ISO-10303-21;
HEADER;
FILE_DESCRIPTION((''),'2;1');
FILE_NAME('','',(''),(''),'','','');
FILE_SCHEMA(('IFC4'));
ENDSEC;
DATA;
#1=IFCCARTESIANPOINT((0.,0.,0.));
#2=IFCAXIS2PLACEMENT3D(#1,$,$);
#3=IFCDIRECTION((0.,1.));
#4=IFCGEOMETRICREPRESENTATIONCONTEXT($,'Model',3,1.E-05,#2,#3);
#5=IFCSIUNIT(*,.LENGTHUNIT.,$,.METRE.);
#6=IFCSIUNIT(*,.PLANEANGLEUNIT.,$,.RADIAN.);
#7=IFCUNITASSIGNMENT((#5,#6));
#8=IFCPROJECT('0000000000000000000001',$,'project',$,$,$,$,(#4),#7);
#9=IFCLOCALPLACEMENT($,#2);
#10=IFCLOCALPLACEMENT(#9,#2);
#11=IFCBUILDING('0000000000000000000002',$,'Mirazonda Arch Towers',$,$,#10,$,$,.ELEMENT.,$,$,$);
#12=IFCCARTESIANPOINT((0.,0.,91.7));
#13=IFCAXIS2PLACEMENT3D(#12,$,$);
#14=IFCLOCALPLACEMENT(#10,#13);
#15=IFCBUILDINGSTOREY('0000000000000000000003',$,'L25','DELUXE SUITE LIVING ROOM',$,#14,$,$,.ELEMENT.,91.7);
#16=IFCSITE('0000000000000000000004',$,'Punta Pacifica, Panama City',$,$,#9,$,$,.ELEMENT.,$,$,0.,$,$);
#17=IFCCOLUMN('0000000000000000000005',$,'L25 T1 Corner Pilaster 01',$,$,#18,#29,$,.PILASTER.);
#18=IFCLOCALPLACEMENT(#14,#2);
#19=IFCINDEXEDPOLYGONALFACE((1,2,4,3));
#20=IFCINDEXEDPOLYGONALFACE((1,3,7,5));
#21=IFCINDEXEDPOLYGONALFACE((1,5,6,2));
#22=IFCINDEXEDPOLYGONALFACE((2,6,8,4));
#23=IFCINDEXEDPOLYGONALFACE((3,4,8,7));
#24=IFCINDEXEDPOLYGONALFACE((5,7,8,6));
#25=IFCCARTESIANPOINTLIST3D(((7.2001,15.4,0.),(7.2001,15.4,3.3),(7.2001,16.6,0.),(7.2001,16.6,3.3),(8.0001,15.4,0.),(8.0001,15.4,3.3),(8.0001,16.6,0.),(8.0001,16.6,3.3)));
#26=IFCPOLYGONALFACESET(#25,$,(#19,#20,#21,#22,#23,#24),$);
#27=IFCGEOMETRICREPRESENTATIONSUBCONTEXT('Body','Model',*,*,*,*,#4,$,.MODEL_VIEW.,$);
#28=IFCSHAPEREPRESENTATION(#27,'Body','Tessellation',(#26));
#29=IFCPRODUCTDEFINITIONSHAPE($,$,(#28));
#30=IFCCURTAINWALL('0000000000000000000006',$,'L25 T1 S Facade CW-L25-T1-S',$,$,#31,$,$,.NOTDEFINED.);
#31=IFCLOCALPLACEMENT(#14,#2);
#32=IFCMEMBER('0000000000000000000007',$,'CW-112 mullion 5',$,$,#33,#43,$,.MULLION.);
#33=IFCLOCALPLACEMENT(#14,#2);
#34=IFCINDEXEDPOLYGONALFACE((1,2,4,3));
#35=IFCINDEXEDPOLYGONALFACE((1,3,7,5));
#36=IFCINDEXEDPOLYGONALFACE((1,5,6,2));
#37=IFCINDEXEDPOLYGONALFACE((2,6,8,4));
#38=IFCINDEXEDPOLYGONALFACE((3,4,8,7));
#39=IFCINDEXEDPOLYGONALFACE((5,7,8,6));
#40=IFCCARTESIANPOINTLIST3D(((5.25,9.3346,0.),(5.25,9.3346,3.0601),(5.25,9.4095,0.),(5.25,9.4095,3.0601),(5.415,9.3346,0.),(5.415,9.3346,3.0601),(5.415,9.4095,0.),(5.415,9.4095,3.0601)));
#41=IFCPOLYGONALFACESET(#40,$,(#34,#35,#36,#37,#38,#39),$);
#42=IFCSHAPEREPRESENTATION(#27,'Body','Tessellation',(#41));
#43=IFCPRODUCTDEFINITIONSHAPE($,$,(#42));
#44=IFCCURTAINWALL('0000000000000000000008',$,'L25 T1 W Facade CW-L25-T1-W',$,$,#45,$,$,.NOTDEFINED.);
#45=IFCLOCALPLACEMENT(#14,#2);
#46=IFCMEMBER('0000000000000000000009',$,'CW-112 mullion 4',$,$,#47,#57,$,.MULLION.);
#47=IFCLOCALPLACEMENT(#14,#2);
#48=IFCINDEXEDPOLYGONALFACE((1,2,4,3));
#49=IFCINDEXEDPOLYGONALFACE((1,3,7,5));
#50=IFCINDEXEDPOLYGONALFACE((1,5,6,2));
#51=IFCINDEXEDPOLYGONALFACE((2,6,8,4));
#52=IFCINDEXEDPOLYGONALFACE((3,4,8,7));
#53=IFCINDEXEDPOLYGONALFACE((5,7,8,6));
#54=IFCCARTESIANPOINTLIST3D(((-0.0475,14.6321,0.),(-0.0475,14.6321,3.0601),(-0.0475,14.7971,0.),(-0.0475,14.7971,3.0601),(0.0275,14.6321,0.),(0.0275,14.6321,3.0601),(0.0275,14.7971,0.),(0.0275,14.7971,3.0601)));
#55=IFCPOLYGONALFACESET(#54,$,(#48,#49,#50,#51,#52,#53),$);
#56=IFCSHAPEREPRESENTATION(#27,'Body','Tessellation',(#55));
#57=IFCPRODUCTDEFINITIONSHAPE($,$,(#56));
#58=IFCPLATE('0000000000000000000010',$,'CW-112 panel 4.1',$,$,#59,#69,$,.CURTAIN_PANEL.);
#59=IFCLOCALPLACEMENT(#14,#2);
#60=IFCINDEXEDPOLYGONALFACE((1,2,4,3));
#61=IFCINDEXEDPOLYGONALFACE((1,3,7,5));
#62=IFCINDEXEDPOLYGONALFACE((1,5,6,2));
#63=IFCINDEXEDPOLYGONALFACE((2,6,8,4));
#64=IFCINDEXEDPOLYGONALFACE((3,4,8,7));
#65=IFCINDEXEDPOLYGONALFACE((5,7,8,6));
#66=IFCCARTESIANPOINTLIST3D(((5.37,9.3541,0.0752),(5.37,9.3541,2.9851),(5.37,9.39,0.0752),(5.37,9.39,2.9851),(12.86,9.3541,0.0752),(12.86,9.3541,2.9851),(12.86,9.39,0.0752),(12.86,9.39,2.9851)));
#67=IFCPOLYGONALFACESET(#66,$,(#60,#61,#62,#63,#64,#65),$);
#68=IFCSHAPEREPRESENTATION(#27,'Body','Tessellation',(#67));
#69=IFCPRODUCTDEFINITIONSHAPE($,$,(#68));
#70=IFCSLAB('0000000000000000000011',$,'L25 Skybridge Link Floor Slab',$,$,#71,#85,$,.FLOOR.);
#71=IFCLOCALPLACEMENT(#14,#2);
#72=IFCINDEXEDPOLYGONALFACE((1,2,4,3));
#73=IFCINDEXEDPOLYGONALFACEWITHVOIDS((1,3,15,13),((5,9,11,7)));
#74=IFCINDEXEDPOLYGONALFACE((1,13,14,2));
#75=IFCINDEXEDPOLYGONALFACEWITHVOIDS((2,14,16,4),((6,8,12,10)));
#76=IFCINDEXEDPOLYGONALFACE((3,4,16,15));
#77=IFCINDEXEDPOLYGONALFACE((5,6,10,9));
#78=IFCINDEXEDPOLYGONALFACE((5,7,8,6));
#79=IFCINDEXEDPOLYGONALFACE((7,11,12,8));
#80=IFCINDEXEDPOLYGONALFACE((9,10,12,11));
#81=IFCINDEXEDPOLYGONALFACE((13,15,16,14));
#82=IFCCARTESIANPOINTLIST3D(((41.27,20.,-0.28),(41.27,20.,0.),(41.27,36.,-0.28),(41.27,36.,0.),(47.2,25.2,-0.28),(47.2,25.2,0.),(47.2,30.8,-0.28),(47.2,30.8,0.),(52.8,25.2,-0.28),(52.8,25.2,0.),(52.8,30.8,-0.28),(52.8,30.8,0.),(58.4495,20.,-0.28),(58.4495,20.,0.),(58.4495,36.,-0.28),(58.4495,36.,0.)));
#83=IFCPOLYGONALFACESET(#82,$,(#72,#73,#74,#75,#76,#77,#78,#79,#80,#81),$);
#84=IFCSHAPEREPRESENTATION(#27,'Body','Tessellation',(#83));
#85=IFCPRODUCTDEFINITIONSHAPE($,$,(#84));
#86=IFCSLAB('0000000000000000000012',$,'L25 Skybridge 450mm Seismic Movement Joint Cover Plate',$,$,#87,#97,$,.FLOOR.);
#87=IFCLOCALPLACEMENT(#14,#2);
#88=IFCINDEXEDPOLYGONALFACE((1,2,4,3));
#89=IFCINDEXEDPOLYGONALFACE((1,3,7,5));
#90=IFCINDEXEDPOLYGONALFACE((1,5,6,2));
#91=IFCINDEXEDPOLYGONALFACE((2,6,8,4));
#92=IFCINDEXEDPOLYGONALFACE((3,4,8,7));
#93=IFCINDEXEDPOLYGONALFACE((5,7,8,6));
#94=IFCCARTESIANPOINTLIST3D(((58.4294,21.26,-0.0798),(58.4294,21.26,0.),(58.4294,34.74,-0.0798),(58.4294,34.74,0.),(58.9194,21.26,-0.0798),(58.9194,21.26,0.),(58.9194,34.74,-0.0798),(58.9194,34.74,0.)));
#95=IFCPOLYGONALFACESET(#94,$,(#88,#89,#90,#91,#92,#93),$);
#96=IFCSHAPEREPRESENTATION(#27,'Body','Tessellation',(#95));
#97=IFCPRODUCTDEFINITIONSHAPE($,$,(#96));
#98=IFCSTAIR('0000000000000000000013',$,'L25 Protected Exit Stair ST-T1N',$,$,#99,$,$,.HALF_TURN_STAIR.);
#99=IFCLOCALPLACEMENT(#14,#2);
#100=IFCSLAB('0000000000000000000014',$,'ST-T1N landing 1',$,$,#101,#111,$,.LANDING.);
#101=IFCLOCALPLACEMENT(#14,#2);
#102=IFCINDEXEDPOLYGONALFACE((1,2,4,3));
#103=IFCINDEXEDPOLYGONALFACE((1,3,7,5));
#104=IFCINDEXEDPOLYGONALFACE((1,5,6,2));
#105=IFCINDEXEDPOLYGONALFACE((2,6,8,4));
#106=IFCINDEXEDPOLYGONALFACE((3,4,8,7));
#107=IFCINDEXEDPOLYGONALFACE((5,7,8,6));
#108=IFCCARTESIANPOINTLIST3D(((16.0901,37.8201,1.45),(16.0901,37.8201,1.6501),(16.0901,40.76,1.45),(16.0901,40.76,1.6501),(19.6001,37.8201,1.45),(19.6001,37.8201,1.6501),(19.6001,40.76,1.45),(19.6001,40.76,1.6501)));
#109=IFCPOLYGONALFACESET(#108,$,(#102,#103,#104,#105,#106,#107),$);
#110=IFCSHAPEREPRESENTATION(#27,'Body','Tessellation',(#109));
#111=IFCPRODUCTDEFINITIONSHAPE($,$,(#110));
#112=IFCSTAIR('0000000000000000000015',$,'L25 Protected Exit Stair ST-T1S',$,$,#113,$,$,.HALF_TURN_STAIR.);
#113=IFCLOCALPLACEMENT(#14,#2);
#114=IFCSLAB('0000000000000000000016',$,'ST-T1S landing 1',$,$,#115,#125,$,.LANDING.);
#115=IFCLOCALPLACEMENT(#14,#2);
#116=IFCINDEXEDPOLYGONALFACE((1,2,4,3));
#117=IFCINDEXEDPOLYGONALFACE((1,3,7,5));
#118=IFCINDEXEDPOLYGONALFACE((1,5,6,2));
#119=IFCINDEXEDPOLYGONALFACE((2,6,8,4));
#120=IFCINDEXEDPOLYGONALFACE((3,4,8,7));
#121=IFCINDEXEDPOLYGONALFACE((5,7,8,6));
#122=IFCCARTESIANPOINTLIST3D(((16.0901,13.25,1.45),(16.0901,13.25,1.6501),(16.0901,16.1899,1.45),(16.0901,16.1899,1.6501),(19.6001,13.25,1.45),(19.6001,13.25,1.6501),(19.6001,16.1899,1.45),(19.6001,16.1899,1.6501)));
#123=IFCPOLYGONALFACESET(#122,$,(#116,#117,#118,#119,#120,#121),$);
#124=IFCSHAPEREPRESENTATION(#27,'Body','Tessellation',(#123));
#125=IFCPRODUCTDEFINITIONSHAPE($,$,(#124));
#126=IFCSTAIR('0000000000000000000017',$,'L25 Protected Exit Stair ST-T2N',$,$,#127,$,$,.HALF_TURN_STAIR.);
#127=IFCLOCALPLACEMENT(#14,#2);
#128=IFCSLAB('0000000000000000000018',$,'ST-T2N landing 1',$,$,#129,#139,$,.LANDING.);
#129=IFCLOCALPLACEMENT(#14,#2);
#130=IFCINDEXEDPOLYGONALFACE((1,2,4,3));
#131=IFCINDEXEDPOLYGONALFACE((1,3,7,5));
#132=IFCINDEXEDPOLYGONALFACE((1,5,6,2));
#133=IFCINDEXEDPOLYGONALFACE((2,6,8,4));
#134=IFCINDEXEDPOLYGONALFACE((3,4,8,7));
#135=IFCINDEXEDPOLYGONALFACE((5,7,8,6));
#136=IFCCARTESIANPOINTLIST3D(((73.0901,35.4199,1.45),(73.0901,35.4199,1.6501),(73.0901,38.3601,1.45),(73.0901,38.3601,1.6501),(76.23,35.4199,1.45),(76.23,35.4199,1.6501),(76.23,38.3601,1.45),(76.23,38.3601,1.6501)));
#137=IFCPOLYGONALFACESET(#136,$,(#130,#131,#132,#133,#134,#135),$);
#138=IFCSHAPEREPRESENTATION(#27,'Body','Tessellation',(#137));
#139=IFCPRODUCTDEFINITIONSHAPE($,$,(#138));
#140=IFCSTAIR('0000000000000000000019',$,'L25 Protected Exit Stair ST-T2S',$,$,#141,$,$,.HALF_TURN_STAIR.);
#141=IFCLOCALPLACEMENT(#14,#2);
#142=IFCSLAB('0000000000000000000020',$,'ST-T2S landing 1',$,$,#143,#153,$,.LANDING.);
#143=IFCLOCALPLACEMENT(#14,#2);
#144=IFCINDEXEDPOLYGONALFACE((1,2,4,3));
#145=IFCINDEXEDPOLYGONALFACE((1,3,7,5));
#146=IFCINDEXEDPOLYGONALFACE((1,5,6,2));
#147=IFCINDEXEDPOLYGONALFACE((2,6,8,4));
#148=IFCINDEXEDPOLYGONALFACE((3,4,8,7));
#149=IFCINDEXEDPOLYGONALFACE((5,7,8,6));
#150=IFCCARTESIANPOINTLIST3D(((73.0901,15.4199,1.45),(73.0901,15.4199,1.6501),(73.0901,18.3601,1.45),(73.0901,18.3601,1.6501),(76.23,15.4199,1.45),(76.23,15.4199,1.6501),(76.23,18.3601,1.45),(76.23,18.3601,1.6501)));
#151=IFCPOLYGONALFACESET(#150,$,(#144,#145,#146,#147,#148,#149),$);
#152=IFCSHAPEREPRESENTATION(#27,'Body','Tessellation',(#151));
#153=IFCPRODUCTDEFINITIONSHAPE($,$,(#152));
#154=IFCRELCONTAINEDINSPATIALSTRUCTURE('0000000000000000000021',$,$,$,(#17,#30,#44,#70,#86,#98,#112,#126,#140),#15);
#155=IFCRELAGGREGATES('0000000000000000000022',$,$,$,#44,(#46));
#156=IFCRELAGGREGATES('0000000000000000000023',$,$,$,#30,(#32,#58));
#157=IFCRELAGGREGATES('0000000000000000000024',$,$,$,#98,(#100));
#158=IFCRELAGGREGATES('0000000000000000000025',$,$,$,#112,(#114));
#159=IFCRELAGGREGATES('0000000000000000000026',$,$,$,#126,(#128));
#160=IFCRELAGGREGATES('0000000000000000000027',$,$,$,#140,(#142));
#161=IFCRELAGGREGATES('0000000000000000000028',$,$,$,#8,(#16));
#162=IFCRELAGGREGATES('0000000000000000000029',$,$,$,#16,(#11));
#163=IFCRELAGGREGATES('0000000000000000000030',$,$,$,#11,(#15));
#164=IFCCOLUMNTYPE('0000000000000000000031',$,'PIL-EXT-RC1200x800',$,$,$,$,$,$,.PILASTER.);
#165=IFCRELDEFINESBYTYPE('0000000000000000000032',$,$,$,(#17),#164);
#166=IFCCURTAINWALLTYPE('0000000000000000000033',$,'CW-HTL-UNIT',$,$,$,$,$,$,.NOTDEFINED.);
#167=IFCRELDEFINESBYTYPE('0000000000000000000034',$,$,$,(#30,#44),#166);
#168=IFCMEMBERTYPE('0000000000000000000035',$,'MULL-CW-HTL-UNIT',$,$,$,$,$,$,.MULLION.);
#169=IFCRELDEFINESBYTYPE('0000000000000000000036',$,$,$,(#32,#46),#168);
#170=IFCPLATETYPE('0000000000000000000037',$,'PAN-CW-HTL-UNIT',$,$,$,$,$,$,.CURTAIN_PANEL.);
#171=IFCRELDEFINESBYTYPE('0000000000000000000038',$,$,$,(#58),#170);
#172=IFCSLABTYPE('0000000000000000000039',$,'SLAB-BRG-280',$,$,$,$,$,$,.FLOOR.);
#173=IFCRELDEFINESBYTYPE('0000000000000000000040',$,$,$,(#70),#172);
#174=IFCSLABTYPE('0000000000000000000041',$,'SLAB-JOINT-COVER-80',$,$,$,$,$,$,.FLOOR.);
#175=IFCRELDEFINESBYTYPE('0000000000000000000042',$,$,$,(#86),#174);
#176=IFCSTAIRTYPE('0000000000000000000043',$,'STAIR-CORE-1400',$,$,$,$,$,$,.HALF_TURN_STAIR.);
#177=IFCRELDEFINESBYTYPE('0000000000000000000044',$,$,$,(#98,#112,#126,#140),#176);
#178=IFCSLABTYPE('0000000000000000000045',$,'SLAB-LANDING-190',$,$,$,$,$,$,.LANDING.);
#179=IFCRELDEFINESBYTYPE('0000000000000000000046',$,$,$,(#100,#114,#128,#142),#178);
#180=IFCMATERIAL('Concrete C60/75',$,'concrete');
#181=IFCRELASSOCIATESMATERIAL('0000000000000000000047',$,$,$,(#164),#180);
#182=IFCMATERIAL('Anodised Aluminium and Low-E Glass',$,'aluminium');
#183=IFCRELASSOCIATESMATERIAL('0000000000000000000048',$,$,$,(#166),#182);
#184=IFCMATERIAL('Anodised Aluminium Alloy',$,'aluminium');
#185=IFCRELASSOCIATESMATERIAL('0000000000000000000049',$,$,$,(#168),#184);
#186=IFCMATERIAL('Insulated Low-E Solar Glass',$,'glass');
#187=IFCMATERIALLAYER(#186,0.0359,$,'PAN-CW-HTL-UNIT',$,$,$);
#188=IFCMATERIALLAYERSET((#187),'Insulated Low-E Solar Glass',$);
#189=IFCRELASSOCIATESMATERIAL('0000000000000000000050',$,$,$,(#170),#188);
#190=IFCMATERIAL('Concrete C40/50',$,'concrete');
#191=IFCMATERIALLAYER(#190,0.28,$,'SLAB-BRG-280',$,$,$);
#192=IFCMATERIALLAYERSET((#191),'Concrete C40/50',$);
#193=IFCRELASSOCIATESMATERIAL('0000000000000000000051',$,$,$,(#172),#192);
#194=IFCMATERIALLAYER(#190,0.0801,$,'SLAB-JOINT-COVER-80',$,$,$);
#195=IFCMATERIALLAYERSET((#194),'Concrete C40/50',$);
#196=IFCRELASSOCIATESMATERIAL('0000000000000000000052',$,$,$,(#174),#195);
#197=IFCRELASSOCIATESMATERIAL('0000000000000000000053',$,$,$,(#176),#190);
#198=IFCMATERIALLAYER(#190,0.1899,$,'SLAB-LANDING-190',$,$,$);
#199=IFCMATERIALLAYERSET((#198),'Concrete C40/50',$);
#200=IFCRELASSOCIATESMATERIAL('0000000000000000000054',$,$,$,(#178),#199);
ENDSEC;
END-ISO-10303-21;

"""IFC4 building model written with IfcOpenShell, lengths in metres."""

from ifc_helpers import new_model, si_unit, direction, frame, origin, origin_2d, place, context, subcontext, project, spatial, polyline, rectangle, outline, extrude, material, layer, layer_set, material_profile, profile_set, type_object, element, aggregate, save


model = new_model("IFC4")

# Units and contexts
model_context = context("Model", 3, precision=1e-05, world=origin(), true_north=direction((0.0, 1.0)))
body_context = subcontext(model_context, "Body", "Model", "MODEL_VIEW")
ifc_project = project(units=[si_unit("LENGTHUNIT", "METRE"), si_unit("PLANEANGLEUNIT", "RADIAN")], contexts=[model_context])

# Site, building, storey
site_placement = place(None, origin())
site = spatial("IfcSite", under=ifc_project, at=site_placement, Name="Punta Pacifica, Panama City", CompositionType="ELEMENT", RefElevation=0.0)
building_placement = place(site_placement, origin())
building = spatial("IfcBuilding", under=site, at=building_placement, Name="Mirazonda Arch Towers", CompositionType="ELEMENT")
storey_placement = place(building_placement, frame((0.0, 0.0, 91.7)))
storey = spatial("IfcBuildingStorey", under=building, at=storey_placement, Name="L25", Description="DELUXE SUITE LIVING ROOM", CompositionType="ELEMENT", Elevation=91.7)

# Column
ifc_material_1 = material(Name="Concrete C60/75", Category="concrete")
ifc_material_profile_1 = material_profile(ifc_material_1, rectangle(XDim=0.8, YDim=1.2, at=origin_2d()), Name="RC1200x800")
ifc_profile_set_1 = profile_set([ifc_material_profile_1], Name="Concrete C60/75")
column_type = type_object("IfcColumnType", Name="PIL-EXT-RC1200x800", PredefinedType="PILASTER", material=ifc_profile_set_1)
column_placement = place(storey_placement, frame((7.6001, 16.0, 0.0), z_axis=(0.0, 0.0, 1.0), x_axis=(1.0, 0.0, 0.0)))
element("IfcColumn", 1, at=column_placement, inside=storey, type_object=column_type, Name="L25 T1 Corner Pilaster 01", PredefinedType="PILASTER", context=body_context, shape_type="SweptSolid", body=[
    extrude(rectangle(XDim=0.8, YDim=1.2, at=origin_2d()), origin(), (0.0, 0.0, 1.0), 3.3),
])

# Curtain walls, members
ifc_material_2 = material(Name="Anodised Aluminium and Low-E Glass", Category="aluminium")
curtain_wall_type = type_object("IfcCurtainWallType", Name="CW-HTL-UNIT", PredefinedType="NOTDEFINED", material=ifc_material_2)
curtain_wall_1_placement = place(storey_placement, origin())
curtain_wall_1 = element("IfcCurtainWall", 2, at=curtain_wall_1_placement, inside=storey, type_object=curtain_wall_type, Name="L25 T1 S Facade CW-L25-T1-S", PredefinedType="NOTDEFINED")
ifc_material_3 = material(Name="Anodised Aluminium Alloy", Category="aluminium")
ifc_material_profile_2 = material_profile(ifc_material_3, rectangle(XDim=0.075, YDim=0.165, at=origin_2d()), Name="ALU-MULL-75x165")
ifc_profile_set_2 = profile_set([ifc_material_profile_2], Name="Anodised Aluminium Alloy")
member_type = type_object("IfcMemberType", Name="MULL-CW-HTL-UNIT", PredefinedType="MULLION", material=ifc_profile_set_2)
member_1_placement = place(storey_placement, frame((5.3325, 9.3721, 0.0), z_axis=(0.0, 0.0, 1.0), x_axis=(0.0, -1.0, 0.0)))
member_1 = element("IfcMember", 3, at=member_1_placement, type_object=member_type, Name="CW-112 mullion 5", PredefinedType="MULLION", context=body_context, shape_type="SweptSolid", body=[
    extrude(rectangle(XDim=0.075, YDim=0.165, at=origin_2d()), origin(), (0.0, 0.0, 1.0), 3.0601),
])
curtain_wall_2_placement = place(storey_placement, origin())
curtain_wall_2 = element("IfcCurtainWall", 4, at=curtain_wall_2_placement, inside=storey, type_object=curtain_wall_type, Name="L25 T1 W Facade CW-L25-T1-W", PredefinedType="NOTDEFINED")
member_2_placement = place(storey_placement, frame((-0.01, 14.7146, 0.0), z_axis=(0.0, 0.0, 1.0), x_axis=(1.0, 0.0, 0.0)))
member_2 = element("IfcMember", 5, at=member_2_placement, type_object=member_type, Name="CW-112 mullion 4", PredefinedType="MULLION", context=body_context, shape_type="SweptSolid", body=[
    extrude(rectangle(XDim=0.075, YDim=0.165, at=origin_2d()), origin(), (0.0, 0.0, 1.0), 3.0601),
])
aggregate(curtain_wall_2, [member_2])

# Plate
ifc_material_4 = material(Name="Insulated Low-E Solar Glass", Category="glass")
ifc_layer_1 = layer(ifc_material_4, 0.0359, Name="PAN-CW-HTL-UNIT")
ifc_layer_set_1 = layer_set([ifc_layer_1], Name="Insulated Low-E Solar Glass")
plate_type = type_object("IfcPlateType", Name="PAN-CW-HTL-UNIT", PredefinedType="CURTAIN_PANEL", material=ifc_layer_set_1)
plate_placement = place(storey_placement, frame((9.115, 9.3721, 0.0752), z_axis=(0.0, 0.0, 1.0), x_axis=(-1.0, 0.0, 0.0)))
plate = element("IfcPlate", 6, at=plate_placement, type_object=plate_type, Name="CW-112 panel 4.1", PredefinedType="CURTAIN_PANEL", context=body_context, shape_type="SweptSolid", body=[
    extrude(rectangle(XDim=7.49, YDim=0.0359, at=origin_2d()), origin(), (0.0, 0.0, 1.0), 2.9099),
])
aggregate(curtain_wall_1, [member_1, plate])

# Slabs
ifc_material_5 = material(Name="Concrete C40/50", Category="concrete")
ifc_layer_2 = layer(ifc_material_5, 0.28, Name="SLAB-BRG-280")
ifc_layer_set_2 = layer_set([ifc_layer_2], Name="Concrete C40/50")
slab_type_1 = type_object("IfcSlabType", Name="SLAB-BRG-280", PredefinedType="FLOOR", material=ifc_layer_set_2)
slab_1_placement = place(storey_placement, frame((0.0, 0.0, -0.28)))
element("IfcSlab", 7, at=slab_1_placement, inside=storey, type_object=slab_type_1, Name="L25 Skybridge Link Floor Slab", PredefinedType="FLOOR", context=body_context, shape_type="SweptSolid", body=[
    extrude(outline(polyline([(41.27, 20.0), (58.4495, 20.0), (58.4495, 36.0), (41.27, 36.0), (41.27, 20.0)]), holes=[polyline([(52.8, 30.8), (52.8, 25.2), (47.2, 25.2), (47.2, 30.8), (52.8, 30.8)])]), origin(), (0.0, 0.0, 1.0), 0.28),
])
ifc_layer_3 = layer(ifc_material_5, 0.0801, Name="SLAB-JOINT-COVER-80")
ifc_layer_set_3 = layer_set([ifc_layer_3], Name="Concrete C40/50")
slab_type_2 = type_object("IfcSlabType", Name="SLAB-JOINT-COVER-80", PredefinedType="FLOOR", material=ifc_layer_set_3)
slab_2_placement = place(storey_placement, frame((0.0, 0.0, -0.0798)))
element("IfcSlab", 8, at=slab_2_placement, inside=storey, type_object=slab_type_2, Name="L25 Skybridge 450mm Seismic Movement Joint Cover Plate", PredefinedType="FLOOR", context=body_context, shape_type="SweptSolid", body=[
    extrude(outline(polyline([(58.4294, 21.26), (58.9194, 21.26), (58.9194, 34.74), (58.4294, 34.74), (58.4294, 21.26)])), origin(), (0.0, 0.0, 1.0), 0.0798),
])

# Stairs, slabs
stair_type = type_object("IfcStairType", Name="STAIR-CORE-1400", PredefinedType="HALF_TURN_STAIR", material=ifc_material_5)
stair_1_placement = place(storey_placement, origin())
stair_1 = element("IfcStair", 9, at=stair_1_placement, inside=storey, type_object=stair_type, Name="L25 Protected Exit Stair ST-T1N", PredefinedType="HALF_TURN_STAIR")
ifc_layer_4 = layer(ifc_material_5, 0.1899, Name="SLAB-LANDING-190")
ifc_layer_set_4 = layer_set([ifc_layer_4], Name="Concrete C40/50")
slab_type_3 = type_object("IfcSlabType", Name="SLAB-LANDING-190", PredefinedType="LANDING", material=ifc_layer_set_4)
slab_3_placement = place(storey_placement, frame((0.0, 0.0, 1.45)))
slab_3 = element("IfcSlab", 10, at=slab_3_placement, type_object=slab_type_3, Name="ST-T1N landing 1", PredefinedType="LANDING", context=body_context, shape_type="SweptSolid", body=[
    extrude(outline(polyline([(16.0901, 37.8201), (19.6001, 37.8201), (19.6001, 40.76), (16.0901, 40.76), (16.0901, 37.8201)])), origin(), (0.0, 0.0, 1.0), 0.2002),
])
aggregate(stair_1, [slab_3])
stair_2_placement = place(storey_placement, origin())
stair_2 = element("IfcStair", 11, at=stair_2_placement, inside=storey, type_object=stair_type, Name="L25 Protected Exit Stair ST-T1S", PredefinedType="HALF_TURN_STAIR")
slab_4_placement = place(storey_placement, frame((0.0, 0.0, 1.45)))
slab_4 = element("IfcSlab", 12, at=slab_4_placement, type_object=slab_type_3, Name="ST-T1S landing 1", PredefinedType="LANDING", context=body_context, shape_type="SweptSolid", body=[
    extrude(outline(polyline([(16.0901, 13.25), (19.6001, 13.25), (19.6001, 16.1899), (16.0901, 16.1899), (16.0901, 13.25)])), origin(), (0.0, 0.0, 1.0), 0.2002),
])
aggregate(stair_2, [slab_4])
stair_3_placement = place(storey_placement, origin())
stair_3 = element("IfcStair", 13, at=stair_3_placement, inside=storey, type_object=stair_type, Name="L25 Protected Exit Stair ST-T2N", PredefinedType="HALF_TURN_STAIR")
slab_5_placement = place(storey_placement, frame((0.0, 0.0, 1.45)))
slab_5 = element("IfcSlab", 14, at=slab_5_placement, type_object=slab_type_3, Name="ST-T2N landing 1", PredefinedType="LANDING", context=body_context, shape_type="SweptSolid", body=[
    extrude(outline(polyline([(73.0901, 35.4199), (76.23, 35.4199), (76.23, 38.3601), (73.0901, 38.3601), (73.0901, 35.4199)])), origin(), (0.0, 0.0, 1.0), 0.2002),
])
aggregate(stair_3, [slab_5])
stair_4_placement = place(storey_placement, origin())
stair_4 = element("IfcStair", 15, at=stair_4_placement, inside=storey, type_object=stair_type, Name="L25 Protected Exit Stair ST-T2S", PredefinedType="HALF_TURN_STAIR")
slab_6_placement = place(storey_placement, frame((0.0, 0.0, 1.45)))
slab_6 = element("IfcSlab", 16, at=slab_6_placement, type_object=slab_type_3, Name="ST-T2S landing 1", PredefinedType="LANDING", context=body_context, shape_type="SweptSolid", body=[
    extrude(outline(polyline([(73.0901, 15.4199), (76.23, 15.4199), (76.23, 18.3601), (73.0901, 18.3601), (73.0901, 15.4199)])), origin(), (0.0, 0.0, 1.0), 0.2002),
])
aggregate(stair_4, [slab_6])

save(model, "model.ifc")
